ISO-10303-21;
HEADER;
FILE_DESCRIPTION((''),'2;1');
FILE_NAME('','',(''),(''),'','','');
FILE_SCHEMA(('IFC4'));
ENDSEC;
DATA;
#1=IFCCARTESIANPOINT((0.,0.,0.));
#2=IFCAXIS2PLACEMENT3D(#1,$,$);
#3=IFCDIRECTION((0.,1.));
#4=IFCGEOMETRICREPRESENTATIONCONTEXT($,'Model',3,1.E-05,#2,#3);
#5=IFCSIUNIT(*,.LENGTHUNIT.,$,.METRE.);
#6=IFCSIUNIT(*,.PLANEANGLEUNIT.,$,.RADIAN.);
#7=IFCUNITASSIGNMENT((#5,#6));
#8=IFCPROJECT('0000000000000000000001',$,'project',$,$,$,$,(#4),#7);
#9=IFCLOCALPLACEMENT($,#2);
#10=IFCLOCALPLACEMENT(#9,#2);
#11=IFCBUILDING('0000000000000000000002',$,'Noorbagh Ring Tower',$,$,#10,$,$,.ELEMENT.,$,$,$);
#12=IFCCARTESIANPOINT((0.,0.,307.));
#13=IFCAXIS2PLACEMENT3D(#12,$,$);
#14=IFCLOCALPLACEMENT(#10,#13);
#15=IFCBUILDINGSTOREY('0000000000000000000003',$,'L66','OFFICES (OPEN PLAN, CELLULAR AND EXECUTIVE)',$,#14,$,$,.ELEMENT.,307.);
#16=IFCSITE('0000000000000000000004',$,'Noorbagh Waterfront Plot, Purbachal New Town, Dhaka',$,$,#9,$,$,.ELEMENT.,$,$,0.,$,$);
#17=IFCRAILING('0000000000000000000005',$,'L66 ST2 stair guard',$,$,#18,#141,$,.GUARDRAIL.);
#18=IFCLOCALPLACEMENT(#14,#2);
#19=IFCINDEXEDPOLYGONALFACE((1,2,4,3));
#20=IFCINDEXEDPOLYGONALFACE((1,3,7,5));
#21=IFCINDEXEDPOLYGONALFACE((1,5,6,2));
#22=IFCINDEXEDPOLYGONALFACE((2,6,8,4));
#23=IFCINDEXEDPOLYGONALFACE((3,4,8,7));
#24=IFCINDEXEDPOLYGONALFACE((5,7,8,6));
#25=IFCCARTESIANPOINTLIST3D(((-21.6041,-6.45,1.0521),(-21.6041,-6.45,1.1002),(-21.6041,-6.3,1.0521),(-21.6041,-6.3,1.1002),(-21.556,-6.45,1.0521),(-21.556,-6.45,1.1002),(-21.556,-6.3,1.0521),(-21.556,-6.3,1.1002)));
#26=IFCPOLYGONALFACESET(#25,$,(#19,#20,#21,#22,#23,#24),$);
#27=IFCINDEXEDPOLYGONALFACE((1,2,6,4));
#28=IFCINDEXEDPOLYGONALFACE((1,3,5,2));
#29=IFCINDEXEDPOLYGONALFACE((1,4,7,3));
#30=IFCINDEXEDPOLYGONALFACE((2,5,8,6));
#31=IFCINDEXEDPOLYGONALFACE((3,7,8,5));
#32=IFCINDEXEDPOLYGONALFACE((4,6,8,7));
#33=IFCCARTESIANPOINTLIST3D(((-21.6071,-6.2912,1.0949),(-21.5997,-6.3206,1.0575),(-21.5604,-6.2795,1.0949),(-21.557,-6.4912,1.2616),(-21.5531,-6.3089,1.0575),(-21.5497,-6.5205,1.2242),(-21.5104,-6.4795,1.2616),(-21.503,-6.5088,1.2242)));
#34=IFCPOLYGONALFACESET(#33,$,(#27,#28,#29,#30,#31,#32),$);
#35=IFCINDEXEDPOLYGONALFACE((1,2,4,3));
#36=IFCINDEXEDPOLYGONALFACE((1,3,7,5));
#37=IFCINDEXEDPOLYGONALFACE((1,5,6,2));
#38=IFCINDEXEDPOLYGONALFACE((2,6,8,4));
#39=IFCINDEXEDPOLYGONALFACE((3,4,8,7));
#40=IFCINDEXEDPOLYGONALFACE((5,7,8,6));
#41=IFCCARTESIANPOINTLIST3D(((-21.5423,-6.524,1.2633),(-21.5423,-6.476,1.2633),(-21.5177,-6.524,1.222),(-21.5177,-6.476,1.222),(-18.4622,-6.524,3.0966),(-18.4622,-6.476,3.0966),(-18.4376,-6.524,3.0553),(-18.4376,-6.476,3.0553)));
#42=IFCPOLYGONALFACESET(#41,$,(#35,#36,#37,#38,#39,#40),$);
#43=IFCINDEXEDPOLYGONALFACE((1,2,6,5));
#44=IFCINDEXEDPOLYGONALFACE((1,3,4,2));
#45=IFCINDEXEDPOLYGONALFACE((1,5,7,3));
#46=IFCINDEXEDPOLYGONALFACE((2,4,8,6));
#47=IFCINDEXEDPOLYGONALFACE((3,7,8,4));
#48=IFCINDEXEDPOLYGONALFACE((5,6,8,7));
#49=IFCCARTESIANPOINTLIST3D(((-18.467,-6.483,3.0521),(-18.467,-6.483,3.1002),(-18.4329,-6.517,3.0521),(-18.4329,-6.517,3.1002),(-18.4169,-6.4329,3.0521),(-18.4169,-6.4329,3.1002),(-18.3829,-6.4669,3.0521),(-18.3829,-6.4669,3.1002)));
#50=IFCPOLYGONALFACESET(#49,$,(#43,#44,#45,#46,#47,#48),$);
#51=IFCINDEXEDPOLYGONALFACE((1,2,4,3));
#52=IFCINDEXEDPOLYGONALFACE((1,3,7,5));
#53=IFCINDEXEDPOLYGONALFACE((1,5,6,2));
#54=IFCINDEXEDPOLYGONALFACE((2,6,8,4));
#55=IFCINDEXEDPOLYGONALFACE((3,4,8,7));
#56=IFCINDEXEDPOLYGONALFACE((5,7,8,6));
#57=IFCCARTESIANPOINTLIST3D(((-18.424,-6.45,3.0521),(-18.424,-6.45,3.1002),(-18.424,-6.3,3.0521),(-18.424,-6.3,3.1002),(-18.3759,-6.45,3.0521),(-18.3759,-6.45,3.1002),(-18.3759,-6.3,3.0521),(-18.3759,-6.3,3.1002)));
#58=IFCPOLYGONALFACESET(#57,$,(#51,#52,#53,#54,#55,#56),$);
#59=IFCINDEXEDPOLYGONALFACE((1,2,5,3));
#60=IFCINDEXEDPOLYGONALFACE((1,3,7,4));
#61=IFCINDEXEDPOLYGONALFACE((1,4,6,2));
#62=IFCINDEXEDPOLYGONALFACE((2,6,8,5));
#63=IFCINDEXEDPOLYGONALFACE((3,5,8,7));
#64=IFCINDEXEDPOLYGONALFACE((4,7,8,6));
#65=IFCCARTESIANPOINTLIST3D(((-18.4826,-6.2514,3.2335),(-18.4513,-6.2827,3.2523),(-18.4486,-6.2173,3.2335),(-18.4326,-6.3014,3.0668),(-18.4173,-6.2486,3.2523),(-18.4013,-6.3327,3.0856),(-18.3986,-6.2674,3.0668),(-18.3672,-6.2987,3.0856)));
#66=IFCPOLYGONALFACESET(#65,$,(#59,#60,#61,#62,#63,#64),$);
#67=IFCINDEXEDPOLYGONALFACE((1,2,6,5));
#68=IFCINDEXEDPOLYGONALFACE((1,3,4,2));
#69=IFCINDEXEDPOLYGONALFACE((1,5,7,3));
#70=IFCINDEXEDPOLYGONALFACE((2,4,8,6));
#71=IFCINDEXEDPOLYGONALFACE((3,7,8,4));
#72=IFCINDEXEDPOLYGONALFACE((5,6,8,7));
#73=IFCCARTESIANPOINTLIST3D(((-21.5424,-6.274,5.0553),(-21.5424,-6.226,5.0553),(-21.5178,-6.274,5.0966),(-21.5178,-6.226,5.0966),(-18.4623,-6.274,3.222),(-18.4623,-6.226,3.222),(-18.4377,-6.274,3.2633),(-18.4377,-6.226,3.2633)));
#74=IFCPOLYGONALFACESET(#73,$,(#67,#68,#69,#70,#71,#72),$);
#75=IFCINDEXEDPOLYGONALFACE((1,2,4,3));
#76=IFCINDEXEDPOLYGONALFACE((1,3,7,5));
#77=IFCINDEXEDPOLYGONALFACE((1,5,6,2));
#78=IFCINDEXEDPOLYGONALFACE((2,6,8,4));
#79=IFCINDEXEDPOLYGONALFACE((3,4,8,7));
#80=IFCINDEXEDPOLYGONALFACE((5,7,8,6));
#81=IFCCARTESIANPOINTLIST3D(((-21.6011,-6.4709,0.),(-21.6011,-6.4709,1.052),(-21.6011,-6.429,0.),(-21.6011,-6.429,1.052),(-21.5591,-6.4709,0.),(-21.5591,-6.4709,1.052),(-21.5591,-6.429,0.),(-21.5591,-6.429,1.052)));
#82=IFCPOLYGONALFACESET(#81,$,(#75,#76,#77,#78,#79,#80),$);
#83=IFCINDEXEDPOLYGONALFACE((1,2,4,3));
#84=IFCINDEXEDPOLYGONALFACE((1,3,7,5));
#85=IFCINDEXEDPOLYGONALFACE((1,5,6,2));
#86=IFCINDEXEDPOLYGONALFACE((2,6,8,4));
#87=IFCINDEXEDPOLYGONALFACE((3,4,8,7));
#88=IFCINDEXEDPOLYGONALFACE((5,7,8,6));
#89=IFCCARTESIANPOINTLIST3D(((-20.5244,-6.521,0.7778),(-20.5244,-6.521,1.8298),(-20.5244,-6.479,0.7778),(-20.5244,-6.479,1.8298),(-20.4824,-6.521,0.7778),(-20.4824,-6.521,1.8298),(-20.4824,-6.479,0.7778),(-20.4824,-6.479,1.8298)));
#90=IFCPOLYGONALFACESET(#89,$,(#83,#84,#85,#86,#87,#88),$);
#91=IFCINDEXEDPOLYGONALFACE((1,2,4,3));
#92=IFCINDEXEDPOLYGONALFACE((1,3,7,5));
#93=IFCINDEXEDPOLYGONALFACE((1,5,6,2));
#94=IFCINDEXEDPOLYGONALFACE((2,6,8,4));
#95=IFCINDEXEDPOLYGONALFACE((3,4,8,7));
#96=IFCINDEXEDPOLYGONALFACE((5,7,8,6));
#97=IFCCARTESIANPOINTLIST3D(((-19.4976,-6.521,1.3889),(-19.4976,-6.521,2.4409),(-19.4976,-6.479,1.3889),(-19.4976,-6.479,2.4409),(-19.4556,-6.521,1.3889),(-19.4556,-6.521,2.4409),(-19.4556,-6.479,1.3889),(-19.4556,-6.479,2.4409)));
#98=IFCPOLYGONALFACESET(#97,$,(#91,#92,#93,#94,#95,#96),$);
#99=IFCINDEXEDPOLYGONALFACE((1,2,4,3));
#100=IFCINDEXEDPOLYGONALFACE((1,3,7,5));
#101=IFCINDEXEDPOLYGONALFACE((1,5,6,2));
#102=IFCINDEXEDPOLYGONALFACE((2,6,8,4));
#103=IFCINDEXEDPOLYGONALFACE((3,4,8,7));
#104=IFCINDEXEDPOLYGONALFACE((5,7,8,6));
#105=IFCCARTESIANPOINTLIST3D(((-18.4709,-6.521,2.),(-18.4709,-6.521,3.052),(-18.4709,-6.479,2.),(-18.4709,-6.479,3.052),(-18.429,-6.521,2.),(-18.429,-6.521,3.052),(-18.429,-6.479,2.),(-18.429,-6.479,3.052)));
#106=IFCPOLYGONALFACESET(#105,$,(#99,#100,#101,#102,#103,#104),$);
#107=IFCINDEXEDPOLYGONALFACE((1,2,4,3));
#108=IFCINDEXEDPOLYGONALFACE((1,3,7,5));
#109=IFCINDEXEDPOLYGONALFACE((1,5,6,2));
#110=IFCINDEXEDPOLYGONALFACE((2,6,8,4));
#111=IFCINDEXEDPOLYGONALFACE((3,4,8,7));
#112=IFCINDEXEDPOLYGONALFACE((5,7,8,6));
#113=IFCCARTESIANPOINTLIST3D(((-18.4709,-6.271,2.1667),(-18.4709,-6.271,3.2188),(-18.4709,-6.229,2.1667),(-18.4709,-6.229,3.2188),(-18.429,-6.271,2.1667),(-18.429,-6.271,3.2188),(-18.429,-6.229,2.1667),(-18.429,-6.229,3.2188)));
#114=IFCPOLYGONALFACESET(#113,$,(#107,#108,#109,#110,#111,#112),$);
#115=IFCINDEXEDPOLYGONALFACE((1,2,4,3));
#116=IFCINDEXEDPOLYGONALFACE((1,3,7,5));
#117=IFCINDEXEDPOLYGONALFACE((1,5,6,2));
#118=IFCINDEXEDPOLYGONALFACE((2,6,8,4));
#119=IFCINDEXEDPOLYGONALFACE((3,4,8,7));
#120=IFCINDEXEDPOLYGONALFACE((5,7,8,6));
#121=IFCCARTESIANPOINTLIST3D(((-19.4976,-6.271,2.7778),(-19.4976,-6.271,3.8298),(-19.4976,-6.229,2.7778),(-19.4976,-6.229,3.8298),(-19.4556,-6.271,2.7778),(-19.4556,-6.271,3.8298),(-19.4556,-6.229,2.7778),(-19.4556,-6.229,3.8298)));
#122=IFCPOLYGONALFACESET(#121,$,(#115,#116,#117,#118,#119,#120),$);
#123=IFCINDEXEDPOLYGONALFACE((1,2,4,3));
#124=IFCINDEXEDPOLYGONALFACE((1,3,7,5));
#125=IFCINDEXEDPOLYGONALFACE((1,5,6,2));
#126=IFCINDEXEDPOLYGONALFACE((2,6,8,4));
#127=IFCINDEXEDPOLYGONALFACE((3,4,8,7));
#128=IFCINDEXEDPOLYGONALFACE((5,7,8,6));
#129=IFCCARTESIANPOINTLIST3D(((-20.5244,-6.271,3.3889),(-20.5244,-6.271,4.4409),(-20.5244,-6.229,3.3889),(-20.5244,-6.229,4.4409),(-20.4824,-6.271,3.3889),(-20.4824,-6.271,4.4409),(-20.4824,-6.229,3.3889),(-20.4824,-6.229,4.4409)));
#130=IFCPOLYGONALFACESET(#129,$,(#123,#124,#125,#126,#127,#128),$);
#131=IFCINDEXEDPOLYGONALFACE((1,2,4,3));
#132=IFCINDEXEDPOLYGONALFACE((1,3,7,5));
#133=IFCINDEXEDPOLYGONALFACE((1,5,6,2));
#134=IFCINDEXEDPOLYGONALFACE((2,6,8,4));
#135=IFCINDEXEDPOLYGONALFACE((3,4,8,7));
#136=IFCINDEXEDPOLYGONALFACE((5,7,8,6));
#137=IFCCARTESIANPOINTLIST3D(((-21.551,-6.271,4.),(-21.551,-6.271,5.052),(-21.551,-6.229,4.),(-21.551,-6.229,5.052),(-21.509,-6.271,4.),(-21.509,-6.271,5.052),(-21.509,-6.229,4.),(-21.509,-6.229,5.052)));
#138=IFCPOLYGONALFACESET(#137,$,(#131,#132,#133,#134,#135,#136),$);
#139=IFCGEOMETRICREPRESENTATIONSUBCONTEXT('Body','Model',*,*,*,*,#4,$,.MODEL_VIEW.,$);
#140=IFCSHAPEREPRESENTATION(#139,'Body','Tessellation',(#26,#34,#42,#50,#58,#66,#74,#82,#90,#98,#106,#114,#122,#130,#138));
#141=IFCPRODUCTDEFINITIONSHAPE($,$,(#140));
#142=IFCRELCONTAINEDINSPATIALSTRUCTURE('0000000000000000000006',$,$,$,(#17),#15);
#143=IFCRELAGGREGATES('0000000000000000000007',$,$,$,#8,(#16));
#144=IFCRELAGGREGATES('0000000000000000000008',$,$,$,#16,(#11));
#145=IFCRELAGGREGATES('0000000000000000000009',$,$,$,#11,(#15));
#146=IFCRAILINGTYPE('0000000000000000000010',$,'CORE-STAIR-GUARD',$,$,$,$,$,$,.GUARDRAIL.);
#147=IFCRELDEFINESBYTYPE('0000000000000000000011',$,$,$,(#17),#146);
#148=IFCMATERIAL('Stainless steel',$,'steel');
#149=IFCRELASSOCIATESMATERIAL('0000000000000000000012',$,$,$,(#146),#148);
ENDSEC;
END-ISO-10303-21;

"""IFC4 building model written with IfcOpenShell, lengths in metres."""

from ifc_helpers import new_model, si_unit, direction, frame, origin, origin_2d, place, context, subcontext, project, spatial, rectangle, extrude, material, type_object, element, save


model = new_model("IFC4")

# Units and contexts
model_context = context("Model", 3, precision=1e-05, world=origin(), true_north=direction((0.0, 1.0)))
body_context = subcontext(model_context, "Body", "Model", "MODEL_VIEW")
ifc_project = project(units=[si_unit("LENGTHUNIT", "METRE"), si_unit("PLANEANGLEUNIT", "RADIAN")], contexts=[model_context])

# Site, building, storey
site_placement = place(None, origin())
site = spatial("IfcSite", under=ifc_project, at=site_placement, Name="Noorbagh Waterfront Plot, Purbachal New Town, Dhaka", CompositionType="ELEMENT", RefElevation=0.0)
building_placement = place(site_placement, origin())
building = spatial("IfcBuilding", under=site, at=building_placement, Name="Noorbagh Ring Tower", CompositionType="ELEMENT")
storey_placement = place(building_placement, frame((0.0, 0.0, 307.0)))
storey = spatial("IfcBuildingStorey", under=building, at=storey_placement, Name="L66", Description="OFFICES (OPEN PLAN, CELLULAR AND EXECUTIVE)", CompositionType="ELEMENT", Elevation=307.0)

# Railing
ifc_material_1 = material(Name="Stainless steel", Category="steel")
railing_type_1 = type_object("IfcRailingType", Name="CORE-STAIR-GUARD", PredefinedType="GUARDRAIL", material=ifc_material_1)
railing_1_placement = place(storey_placement, frame((-21.5801, -6.45, 0.0)))
element("IfcRailing", 1, at=railing_1_placement, inside=storey, type_object=railing_type_1, Name="L66 ST2 stair guard", PredefinedType="GUARDRAIL", context=body_context, shape_type="SweptSolid", body=[
    extrude(rectangle(XDim=0.0481, YDim=0.0481, at=origin_2d()), frame((0.0, 0.0, 1.0762), z_axis=(0.0, 1.0, 0.0), x_axis=(-1.0, 0.0, 0.0)), (0.0, 0.0, 1.0), 0.1499),
    extrude(rectangle(XDim=0.0481, YDim=0.0481, at=origin_2d()), frame((0.0, 0.1499, 1.0762), z_axis=(0.188776, -0.754182, 0.628946), x_axis=(0.970073, 0.242814, 0.0)), (0.0, 0.0, 1.0), 0.2651),
    extrude(rectangle(XDim=0.0481, YDim=0.0481, at=origin_2d()), frame((0.05, -0.05, 1.2427), z_axis=(0.859309, 0.0, 0.511458), x_axis=(0.0, 1.0, 0.0)), (0.0, 0.0, 1.0), 3.5845),
    extrude(rectangle(XDim=0.0481, YDim=0.0481, at=origin_2d()), frame((3.1301, -0.05, 3.0762), z_axis=(0.707107, 0.707107, 0.0), x_axis=(-0.707107, 0.707107, 0.0)), (0.0, 0.0, 1.0), 0.0708),
    extrude(rectangle(XDim=0.0481, YDim=0.0481, at=origin_2d()), frame((3.1802, 0.0, 3.0762), z_axis=(0.0, 1.0, 0.0), x_axis=(-1.0, 0.0, 0.0)), (0.0, 0.0, 1.0), 0.1499),
    extrude(rectangle(XDim=0.0481, YDim=0.0481, at=origin_2d()), frame((3.1802, 0.1499, 3.0762), z_axis=(-0.276287, 0.276287, 0.920506), x_axis=(-0.707107, -0.707107, 0.0)), (0.0, 0.0, 1.0), 0.1812),
    extrude(rectangle(XDim=0.0481, YDim=0.0481, at=origin_2d()), frame((3.1301, 0.2, 3.2427), z_axis=(-0.859309, 0.0, 0.511458), x_axis=(0.0, -1.0, 0.0)), (0.0, 0.0, 1.0), 3.5845),
    extrude(rectangle(XDim=0.042, YDim=0.042, at=origin_2d()), origin(), (0.0, 0.0, 1.0), 1.052),
    extrude(rectangle(XDim=0.042, YDim=0.042, at=origin_2d()), frame((1.0767, -0.05, 0.7778)), (0.0, 0.0, 1.0), 1.052),
    extrude(rectangle(XDim=0.042, YDim=0.042, at=origin_2d()), frame((2.1035, -0.05, 1.3889)), (0.0, 0.0, 1.0), 1.052),
    extrude(rectangle(XDim=0.042, YDim=0.042, at=origin_2d()), frame((3.1301, -0.05, 2.0)), (0.0, 0.0, 1.0), 1.052),
    extrude(rectangle(XDim=0.042, YDim=0.042, at=origin_2d()), frame((3.1301, 0.2, 2.1667)), (0.0, 0.0, 1.0), 1.052),
    extrude(rectangle(XDim=0.042, YDim=0.042, at=origin_2d()), frame((2.1035, 0.2, 2.7778)), (0.0, 0.0, 1.0), 1.052),
    extrude(rectangle(XDim=0.042, YDim=0.042, at=origin_2d()), frame((1.0767, 0.2, 3.3889)), (0.0, 0.0, 1.0), 1.052),
    extrude(rectangle(XDim=0.042, YDim=0.042, at=origin_2d()), frame((0.05, 0.2, 4.0)), (0.0, 0.0, 1.0), 1.052),
])

save(model, "model.ifc")
